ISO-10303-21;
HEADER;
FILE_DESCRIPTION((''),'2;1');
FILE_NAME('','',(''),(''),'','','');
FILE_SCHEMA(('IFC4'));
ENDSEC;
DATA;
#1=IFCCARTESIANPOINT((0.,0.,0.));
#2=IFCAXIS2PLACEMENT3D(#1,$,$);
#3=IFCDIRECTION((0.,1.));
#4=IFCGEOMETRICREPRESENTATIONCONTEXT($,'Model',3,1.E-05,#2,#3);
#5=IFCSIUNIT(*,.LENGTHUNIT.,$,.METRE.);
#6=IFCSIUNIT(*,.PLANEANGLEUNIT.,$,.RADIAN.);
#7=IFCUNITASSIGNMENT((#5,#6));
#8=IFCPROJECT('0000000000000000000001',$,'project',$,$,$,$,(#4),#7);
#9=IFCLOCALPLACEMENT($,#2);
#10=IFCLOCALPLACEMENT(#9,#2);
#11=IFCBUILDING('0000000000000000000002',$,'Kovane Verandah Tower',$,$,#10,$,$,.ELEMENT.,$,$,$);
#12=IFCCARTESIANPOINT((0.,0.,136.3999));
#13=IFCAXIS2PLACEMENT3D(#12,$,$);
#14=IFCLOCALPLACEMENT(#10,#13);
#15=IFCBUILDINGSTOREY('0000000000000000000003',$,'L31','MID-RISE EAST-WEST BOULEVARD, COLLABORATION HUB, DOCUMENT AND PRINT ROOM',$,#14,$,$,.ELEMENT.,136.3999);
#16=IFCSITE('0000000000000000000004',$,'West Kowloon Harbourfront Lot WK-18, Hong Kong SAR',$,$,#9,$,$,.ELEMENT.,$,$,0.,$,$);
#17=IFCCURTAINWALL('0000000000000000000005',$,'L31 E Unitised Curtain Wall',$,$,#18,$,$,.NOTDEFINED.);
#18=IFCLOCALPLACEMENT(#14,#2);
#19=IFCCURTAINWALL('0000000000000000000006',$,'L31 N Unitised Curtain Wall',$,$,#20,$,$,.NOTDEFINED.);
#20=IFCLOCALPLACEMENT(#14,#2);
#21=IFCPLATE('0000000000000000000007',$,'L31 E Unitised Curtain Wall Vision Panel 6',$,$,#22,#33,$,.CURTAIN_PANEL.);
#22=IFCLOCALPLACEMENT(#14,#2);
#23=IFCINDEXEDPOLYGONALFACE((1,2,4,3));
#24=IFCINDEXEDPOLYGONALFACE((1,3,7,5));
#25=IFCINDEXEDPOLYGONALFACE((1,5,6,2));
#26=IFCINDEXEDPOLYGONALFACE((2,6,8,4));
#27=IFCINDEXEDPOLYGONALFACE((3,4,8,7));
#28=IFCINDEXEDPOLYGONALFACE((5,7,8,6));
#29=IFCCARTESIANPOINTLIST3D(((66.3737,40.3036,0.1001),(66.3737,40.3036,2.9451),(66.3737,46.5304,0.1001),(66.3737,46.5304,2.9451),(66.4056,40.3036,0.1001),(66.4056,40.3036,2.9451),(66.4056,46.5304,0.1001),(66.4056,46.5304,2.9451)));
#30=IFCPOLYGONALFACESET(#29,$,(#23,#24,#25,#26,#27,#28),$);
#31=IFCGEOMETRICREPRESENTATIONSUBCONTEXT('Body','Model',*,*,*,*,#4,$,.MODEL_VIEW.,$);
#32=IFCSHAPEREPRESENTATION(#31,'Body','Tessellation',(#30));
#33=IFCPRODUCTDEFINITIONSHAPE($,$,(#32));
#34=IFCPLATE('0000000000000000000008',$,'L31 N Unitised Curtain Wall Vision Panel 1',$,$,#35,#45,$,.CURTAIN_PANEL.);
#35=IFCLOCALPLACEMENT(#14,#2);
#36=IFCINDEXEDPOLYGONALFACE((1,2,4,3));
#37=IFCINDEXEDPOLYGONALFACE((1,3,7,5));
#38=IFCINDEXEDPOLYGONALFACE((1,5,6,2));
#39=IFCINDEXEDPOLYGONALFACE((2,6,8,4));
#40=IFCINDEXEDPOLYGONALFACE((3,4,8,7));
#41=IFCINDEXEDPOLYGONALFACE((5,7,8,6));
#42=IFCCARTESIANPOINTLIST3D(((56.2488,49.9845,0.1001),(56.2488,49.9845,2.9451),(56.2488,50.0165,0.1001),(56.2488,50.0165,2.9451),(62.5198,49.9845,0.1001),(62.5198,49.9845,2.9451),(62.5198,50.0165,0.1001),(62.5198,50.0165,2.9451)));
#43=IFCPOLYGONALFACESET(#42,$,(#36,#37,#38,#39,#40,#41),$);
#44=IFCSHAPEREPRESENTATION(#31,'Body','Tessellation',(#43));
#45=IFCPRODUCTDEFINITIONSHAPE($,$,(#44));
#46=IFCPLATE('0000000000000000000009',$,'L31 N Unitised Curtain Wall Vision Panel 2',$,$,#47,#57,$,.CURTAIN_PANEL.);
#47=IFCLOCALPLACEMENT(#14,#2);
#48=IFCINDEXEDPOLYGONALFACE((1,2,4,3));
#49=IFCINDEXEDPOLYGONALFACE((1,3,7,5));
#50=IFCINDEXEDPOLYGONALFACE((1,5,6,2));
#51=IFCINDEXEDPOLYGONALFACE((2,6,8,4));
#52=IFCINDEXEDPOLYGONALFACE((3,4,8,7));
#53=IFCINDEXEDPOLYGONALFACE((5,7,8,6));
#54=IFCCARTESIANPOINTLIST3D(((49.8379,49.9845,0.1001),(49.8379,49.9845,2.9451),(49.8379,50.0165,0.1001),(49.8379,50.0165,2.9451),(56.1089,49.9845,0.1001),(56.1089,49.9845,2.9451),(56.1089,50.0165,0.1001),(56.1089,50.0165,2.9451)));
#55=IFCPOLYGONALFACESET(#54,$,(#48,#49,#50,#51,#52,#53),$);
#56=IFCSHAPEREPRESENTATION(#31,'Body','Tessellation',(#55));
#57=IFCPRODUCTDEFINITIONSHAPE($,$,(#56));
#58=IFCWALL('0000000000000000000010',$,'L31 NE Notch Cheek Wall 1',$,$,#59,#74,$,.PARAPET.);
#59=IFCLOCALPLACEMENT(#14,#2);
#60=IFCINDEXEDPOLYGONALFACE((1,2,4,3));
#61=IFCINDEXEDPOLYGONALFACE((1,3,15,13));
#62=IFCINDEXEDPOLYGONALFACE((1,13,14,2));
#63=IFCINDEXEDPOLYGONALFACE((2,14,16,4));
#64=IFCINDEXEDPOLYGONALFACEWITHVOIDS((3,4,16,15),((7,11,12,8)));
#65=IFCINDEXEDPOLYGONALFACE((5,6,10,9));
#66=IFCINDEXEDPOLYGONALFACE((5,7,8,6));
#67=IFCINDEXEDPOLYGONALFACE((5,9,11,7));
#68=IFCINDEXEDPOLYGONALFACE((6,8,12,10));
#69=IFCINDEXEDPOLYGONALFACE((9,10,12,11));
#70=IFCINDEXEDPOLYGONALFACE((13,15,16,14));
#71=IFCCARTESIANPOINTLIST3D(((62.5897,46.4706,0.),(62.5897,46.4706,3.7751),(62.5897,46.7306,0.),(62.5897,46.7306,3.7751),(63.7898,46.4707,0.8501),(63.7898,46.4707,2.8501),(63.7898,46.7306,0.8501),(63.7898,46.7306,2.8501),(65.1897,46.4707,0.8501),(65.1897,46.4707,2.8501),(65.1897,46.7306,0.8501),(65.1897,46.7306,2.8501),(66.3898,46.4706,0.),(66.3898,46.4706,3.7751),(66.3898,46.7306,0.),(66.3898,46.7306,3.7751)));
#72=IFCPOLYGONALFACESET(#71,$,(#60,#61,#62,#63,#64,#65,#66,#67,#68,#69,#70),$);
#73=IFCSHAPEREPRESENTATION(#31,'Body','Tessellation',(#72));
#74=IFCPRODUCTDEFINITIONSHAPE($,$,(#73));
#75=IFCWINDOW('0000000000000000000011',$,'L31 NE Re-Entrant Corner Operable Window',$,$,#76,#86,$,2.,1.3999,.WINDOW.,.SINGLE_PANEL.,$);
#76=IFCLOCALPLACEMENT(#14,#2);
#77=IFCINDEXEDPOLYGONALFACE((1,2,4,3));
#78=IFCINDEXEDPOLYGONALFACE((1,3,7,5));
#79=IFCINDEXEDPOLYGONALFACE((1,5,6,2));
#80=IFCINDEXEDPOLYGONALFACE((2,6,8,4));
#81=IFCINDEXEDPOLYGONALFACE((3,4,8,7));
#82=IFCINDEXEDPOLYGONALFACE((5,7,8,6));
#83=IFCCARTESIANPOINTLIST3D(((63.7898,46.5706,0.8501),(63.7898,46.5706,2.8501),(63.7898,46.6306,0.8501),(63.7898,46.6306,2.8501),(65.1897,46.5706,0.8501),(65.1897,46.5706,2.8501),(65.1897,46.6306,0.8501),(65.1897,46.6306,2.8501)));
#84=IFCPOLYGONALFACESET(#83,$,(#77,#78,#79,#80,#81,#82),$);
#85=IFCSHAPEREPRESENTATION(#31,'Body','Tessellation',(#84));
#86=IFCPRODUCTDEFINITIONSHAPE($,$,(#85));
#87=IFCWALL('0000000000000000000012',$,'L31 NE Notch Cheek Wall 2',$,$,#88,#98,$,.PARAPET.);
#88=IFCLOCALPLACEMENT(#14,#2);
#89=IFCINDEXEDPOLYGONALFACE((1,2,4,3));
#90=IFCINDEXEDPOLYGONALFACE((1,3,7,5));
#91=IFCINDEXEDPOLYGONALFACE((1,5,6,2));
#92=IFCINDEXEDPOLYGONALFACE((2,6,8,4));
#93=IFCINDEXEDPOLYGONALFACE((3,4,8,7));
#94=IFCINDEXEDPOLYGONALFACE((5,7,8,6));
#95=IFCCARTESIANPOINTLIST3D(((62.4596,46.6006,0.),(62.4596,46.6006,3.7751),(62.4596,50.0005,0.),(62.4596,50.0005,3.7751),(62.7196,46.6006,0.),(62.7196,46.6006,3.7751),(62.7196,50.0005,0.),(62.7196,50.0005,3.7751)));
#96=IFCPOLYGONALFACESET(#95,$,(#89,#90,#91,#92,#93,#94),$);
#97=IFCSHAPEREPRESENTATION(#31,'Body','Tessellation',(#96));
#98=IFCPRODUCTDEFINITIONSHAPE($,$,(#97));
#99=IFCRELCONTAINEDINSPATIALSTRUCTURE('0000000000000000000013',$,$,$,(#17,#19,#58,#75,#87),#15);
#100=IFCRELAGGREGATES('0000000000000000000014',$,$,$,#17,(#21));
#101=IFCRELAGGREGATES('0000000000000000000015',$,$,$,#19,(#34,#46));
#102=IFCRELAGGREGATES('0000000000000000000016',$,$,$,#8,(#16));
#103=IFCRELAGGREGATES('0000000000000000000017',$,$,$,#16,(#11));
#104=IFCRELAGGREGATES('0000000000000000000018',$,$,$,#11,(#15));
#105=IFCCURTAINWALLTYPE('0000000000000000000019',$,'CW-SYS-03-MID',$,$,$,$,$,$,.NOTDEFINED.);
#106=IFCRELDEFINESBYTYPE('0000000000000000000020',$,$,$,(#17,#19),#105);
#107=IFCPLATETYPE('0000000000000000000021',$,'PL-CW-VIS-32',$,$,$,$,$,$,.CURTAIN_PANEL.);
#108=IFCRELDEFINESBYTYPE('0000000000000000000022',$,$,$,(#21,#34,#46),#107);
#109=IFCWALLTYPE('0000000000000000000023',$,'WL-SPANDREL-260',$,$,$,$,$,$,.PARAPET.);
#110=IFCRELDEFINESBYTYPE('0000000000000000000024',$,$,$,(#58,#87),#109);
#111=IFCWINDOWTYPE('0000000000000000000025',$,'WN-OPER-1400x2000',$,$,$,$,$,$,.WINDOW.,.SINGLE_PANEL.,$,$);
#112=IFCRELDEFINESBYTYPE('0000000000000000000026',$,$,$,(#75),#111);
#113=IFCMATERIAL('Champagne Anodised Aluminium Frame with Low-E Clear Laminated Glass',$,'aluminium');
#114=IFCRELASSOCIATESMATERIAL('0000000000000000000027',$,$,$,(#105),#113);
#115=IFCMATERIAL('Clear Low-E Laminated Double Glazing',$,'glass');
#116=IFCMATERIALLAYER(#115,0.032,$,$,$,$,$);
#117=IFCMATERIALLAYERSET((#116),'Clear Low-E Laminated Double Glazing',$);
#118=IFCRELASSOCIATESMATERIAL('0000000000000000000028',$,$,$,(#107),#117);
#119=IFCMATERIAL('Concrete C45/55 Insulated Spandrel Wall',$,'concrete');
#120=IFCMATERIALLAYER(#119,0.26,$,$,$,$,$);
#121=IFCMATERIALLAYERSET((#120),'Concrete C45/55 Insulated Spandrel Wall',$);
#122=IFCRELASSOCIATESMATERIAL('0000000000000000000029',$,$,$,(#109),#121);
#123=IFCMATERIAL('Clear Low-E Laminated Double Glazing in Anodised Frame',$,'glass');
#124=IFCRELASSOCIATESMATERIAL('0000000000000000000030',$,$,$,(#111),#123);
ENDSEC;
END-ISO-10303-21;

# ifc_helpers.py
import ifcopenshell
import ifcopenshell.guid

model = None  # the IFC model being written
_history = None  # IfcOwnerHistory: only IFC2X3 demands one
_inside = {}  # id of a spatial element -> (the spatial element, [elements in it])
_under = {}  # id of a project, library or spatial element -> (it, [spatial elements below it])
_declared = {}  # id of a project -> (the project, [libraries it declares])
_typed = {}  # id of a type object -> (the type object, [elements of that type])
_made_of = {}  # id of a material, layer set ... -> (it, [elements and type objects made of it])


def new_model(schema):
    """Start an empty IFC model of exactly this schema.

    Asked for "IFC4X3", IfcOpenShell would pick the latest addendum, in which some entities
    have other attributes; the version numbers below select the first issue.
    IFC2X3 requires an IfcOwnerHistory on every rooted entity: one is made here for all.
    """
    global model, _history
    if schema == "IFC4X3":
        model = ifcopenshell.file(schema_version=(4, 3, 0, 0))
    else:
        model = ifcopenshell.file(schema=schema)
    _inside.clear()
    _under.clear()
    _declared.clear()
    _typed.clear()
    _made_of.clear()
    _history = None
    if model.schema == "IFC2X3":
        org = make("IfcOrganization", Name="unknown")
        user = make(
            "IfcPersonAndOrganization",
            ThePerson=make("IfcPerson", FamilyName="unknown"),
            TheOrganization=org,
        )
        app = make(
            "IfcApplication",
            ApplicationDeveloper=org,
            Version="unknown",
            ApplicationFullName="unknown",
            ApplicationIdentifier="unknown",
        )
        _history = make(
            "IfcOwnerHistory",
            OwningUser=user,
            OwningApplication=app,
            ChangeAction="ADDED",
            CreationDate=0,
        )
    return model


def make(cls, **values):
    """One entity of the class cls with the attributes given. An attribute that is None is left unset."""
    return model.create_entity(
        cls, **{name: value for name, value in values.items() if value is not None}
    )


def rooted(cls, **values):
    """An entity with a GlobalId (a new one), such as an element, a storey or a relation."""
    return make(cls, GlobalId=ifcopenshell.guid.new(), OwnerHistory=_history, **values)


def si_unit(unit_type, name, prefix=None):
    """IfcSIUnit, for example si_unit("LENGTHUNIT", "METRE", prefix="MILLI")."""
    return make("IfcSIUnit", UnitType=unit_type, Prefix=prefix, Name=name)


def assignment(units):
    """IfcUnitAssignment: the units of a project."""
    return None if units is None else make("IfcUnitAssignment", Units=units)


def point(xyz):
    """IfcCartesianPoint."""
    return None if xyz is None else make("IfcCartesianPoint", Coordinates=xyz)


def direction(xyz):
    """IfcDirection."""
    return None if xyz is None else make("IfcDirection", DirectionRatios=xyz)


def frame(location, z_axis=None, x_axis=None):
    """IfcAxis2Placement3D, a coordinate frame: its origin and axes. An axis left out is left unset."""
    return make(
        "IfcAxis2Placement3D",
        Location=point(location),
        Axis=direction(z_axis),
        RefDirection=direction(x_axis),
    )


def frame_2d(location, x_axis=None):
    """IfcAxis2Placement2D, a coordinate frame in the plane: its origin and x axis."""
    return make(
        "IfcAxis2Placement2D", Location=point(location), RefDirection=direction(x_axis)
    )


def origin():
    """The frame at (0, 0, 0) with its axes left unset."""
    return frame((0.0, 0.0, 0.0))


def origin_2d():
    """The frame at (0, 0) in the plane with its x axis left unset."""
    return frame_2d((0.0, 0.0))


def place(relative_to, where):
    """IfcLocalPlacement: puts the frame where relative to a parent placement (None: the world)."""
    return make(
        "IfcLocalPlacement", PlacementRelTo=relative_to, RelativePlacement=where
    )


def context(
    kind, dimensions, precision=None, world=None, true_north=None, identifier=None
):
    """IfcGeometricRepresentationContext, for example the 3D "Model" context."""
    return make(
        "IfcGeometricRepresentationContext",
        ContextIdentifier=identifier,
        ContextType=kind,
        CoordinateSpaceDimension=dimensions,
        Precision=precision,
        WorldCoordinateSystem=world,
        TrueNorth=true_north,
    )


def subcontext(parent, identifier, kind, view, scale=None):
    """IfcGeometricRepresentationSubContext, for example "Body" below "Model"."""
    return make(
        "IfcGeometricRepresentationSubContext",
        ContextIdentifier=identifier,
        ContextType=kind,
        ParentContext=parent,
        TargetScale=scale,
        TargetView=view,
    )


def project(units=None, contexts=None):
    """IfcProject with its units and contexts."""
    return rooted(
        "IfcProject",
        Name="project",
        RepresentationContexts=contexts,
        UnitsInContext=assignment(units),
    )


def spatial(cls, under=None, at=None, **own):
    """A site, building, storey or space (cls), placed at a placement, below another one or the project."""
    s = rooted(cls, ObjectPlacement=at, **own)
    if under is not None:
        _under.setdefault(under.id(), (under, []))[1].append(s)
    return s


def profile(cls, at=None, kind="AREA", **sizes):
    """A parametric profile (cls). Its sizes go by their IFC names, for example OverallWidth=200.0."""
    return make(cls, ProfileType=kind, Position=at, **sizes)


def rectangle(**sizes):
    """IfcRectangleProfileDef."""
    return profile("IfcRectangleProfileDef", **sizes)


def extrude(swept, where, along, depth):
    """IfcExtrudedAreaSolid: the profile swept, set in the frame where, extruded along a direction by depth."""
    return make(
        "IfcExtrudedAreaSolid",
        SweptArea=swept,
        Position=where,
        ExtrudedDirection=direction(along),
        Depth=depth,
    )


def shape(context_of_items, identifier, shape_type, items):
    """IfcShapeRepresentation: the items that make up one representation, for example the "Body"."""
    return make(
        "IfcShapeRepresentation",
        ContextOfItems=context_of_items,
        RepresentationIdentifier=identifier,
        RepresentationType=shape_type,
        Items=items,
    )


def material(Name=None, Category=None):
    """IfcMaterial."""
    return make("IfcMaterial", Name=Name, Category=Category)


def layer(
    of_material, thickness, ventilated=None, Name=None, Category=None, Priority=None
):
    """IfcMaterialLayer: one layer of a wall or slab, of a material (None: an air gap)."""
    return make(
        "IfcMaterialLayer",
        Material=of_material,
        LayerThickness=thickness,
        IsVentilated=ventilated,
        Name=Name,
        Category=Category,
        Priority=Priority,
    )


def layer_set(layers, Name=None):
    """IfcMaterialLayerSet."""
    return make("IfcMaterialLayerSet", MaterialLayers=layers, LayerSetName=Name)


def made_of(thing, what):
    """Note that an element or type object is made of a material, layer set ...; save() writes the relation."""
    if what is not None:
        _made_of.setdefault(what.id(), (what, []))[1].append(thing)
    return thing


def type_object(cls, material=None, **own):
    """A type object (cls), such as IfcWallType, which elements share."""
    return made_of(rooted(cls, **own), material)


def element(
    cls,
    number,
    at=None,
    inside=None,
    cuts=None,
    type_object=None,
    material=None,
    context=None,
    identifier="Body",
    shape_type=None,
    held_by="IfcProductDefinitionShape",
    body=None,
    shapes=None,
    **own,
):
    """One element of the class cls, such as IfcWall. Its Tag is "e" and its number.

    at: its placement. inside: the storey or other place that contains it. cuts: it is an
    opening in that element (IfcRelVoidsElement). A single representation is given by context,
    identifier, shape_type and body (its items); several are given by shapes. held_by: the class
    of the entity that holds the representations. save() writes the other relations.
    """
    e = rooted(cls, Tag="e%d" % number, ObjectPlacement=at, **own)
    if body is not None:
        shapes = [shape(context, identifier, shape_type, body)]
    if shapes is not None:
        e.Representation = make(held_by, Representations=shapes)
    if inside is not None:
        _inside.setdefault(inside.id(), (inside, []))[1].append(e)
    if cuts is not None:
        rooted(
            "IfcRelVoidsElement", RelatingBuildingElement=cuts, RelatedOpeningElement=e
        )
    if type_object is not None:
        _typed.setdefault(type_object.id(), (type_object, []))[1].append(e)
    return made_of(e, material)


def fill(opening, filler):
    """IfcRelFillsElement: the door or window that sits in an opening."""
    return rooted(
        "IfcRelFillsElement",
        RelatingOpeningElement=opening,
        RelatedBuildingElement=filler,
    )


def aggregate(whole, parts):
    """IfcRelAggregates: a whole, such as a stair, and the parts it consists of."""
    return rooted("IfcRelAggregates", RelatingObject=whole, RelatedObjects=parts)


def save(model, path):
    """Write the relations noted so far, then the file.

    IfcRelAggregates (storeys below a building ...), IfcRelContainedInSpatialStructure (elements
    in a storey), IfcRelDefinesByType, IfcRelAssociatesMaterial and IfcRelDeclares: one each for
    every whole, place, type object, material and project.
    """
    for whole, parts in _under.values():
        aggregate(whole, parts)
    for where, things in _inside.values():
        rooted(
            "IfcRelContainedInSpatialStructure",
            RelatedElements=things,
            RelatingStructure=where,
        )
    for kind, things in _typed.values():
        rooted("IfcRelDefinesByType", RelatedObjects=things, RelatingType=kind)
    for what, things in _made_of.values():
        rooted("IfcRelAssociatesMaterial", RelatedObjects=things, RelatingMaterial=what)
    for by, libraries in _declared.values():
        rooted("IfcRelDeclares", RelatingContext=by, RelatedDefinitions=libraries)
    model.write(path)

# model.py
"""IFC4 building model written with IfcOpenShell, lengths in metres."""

from ifc_helpers import new_model, si_unit, direction, frame, frame_2d, origin, origin_2d, place, context, subcontext, project, spatial, rectangle, extrude, material, layer, layer_set, type_object, element, fill, aggregate, save


model = new_model("IFC4")

# Units and contexts
model_context = context("Model", 3, precision=1e-05, world=origin(), true_north=direction((0.0, 1.0)))
body_context = subcontext(model_context, "Body", "Model", "MODEL_VIEW")
ifc_project = project(units=[si_unit("LENGTHUNIT", "METRE"), si_unit("PLANEANGLEUNIT", "RADIAN")], contexts=[model_context])

# Site, building, storey
site_placement = place(None, origin())
site = spatial("IfcSite", under=ifc_project, at=site_placement, Name="West Kowloon Harbourfront Lot WK-18, Hong Kong SAR", CompositionType="ELEMENT", RefElevation=0.0)
building_placement = place(site_placement, origin())
building = spatial("IfcBuilding", under=site, at=building_placement, Name="Kovane Verandah Tower", CompositionType="ELEMENT")
storey_placement = place(building_placement, frame((0.0, 0.0, 136.3999)))
storey = spatial("IfcBuildingStorey", under=building, at=storey_placement, Name="L31", Description="MID-RISE EAST-WEST BOULEVARD, COLLABORATION HUB, DOCUMENT AND PRINT ROOM", CompositionType="ELEMENT", Elevation=136.3999)

# Curtain wall
ifc_material_1 = material(Name="Champagne Anodised Aluminium Frame with Low-E Clear Laminated Glass", Category="aluminium")
curtain_wall_type = type_object("IfcCurtainWallType", Name="CW-SYS-03-MID", PredefinedType="NOTDEFINED", material=ifc_material_1)
curtain_wall_1_placement = place(storey_placement, origin())
curtain_wall_1 = element("IfcCurtainWall", 1, at=curtain_wall_1_placement, inside=storey, type_object=curtain_wall_type, Name="L31 E Unitised Curtain Wall", PredefinedType="NOTDEFINED")

# Curtain wall
curtain_wall_2_placement = place(storey_placement, origin())
curtain_wall_2 = element("IfcCurtainWall", 2, at=curtain_wall_2_placement, inside=storey, type_object=curtain_wall_type, Name="L31 N Unitised Curtain Wall", PredefinedType="NOTDEFINED")

# Plates
ifc_material_2 = material(Name="Clear Low-E Laminated Double Glazing", Category="glass")
ifc_layer_1 = layer(ifc_material_2, 0.032)
ifc_layer_set_1 = layer_set([ifc_layer_1], Name="Clear Low-E Laminated Double Glazing")
plate_type_1 = type_object("IfcPlateType", Name="PL-CW-VIS-32", PredefinedType="CURTAIN_PANEL", material=ifc_layer_set_1)
plate_1_placement = place(storey_placement, frame((66.3896, 43.417, 0.1001), z_axis=(0.0, 0.0, 1.0), x_axis=(0.0, 1.0, 0.0)))
plate_1 = element("IfcPlate", 3, at=plate_1_placement, type_object=plate_type_1, Name="L31 E Unitised Curtain Wall Vision Panel 6", PredefinedType="CURTAIN_PANEL", context=body_context, shape_type="SweptSolid", body=[
    extrude(rectangle(XDim=6.2268, YDim=0.032, at=origin_2d()), origin(), (0.0, 0.0, 1.0), 2.845),
])
aggregate(curtain_wall_1, [plate_1])
plate_2_placement = place(storey_placement, frame((59.3843, 50.0005, 0.1001), z_axis=(0.0, 0.0, 1.0), x_axis=(-1.0, 0.0, 0.0)))
plate_2 = element("IfcPlate", 4, at=plate_2_placement, type_object=plate_type_1, Name="L31 N Unitised Curtain Wall Vision Panel 1", PredefinedType="CURTAIN_PANEL", context=body_context, shape_type="SweptSolid", body=[
    extrude(rectangle(XDim=6.271, YDim=0.032, at=origin_2d()), origin(), (0.0, 0.0, 1.0), 2.845),
])
plate_3_placement = place(storey_placement, frame((52.9734, 50.0005, 0.1001), z_axis=(0.0, 0.0, 1.0), x_axis=(-1.0, 0.0, 0.0)))
plate_3 = element("IfcPlate", 5, at=plate_3_placement, type_object=plate_type_1, Name="L31 N Unitised Curtain Wall Vision Panel 2", PredefinedType="CURTAIN_PANEL", context=body_context, shape_type="SweptSolid", body=[
    extrude(rectangle(XDim=6.271, YDim=0.032, at=origin_2d()), origin(), (0.0, 0.0, 1.0), 2.845),
])
aggregate(curtain_wall_2, [plate_2, plate_3])

# Wall, opening, window
ifc_material_3 = material(Name="Concrete C45/55 Insulated Spandrel Wall", Category="concrete")
ifc_layer_2 = layer(ifc_material_3, 0.26)
ifc_layer_set_2 = layer_set([ifc_layer_2], Name="Concrete C45/55 Insulated Spandrel Wall")
wall_type = type_object("IfcWallType", Name="WL-SPANDREL-260", PredefinedType="PARAPET", material=ifc_layer_set_2)
wall_1_placement = place(storey_placement, frame((66.3896, 46.6006, 0.0), z_axis=(0.0, 0.0, 1.0), x_axis=(-1.0, 0.0, 0.0)))
wall_1 = element("IfcWall", 6, at=wall_1_placement, inside=storey, type_object=wall_type, Name="L31 NE Notch Cheek Wall 1", PredefinedType="PARAPET", context=body_context, shape_type="SweptSolid", body=[
    extrude(rectangle(XDim=3.8, YDim=0.26, at=frame_2d((1.8999, 0.0))), origin(), (0.0, 0.0, 1.0), 3.7751),
])
opening_placement = place(wall_1_placement, frame((1.2, 0.0, 0.8501)))
opening = element("IfcOpeningElement", 7, at=opening_placement, cuts=wall_1, PredefinedType="OPENING", context=body_context, shape_type="SweptSolid", body=[
    extrude(rectangle(XDim=1.3999, YDim=2.0, at=frame_2d((0.7, 1.0))), frame((0.0, 0.1299, 0.0), z_axis=(0.0, -1.0, 0.0), x_axis=(1.0, 0.0, 0.0)), (0.0, 0.0, 1.0), 0.26),
])
ifc_material_4 = material(Name="Clear Low-E Laminated Double Glazing in Anodised Frame", Category="glass")
window_type = type_object("IfcWindowType", Name="WN-OPER-1400x2000", PartitioningType="SINGLE_PANEL", PredefinedType="WINDOW", material=ifc_material_4)
window_placement = place(opening_placement, origin())
window = element("IfcWindow", 8, at=window_placement, inside=storey, type_object=window_type, Name="L31 NE Re-Entrant Corner Operable Window", OverallHeight=2.0, OverallWidth=1.3999, PartitioningType="SINGLE_PANEL", PredefinedType="WINDOW", context=body_context, shape_type="SweptSolid", body=[
    extrude(rectangle(XDim=1.3999, YDim=2.0, at=frame_2d((0.7, 1.0))), frame((0.0, 0.03, 0.0), z_axis=(0.0, -1.0, 0.0), x_axis=(1.0, 0.0, 0.0)), (0.0, 0.0, 1.0), 0.0601),
])
fill(opening, window)

# Wall
wall_2_placement = place(storey_placement, frame((62.5896, 46.6006, 0.0), z_axis=(0.0, 0.0, 1.0), x_axis=(0.0, 1.0, 0.0)))
element("IfcWall", 9, at=wall_2_placement, inside=storey, type_object=wall_type, Name="L31 NE Notch Cheek Wall 2", PredefinedType="PARAPET", context=body_context, shape_type="SweptSolid", body=[
    extrude(rectangle(XDim=3.3999, YDim=0.26, at=frame_2d((1.7, 0.0))), origin(), (0.0, 0.0, 1.0), 3.7751),
])

save(model, "model.ifc")
